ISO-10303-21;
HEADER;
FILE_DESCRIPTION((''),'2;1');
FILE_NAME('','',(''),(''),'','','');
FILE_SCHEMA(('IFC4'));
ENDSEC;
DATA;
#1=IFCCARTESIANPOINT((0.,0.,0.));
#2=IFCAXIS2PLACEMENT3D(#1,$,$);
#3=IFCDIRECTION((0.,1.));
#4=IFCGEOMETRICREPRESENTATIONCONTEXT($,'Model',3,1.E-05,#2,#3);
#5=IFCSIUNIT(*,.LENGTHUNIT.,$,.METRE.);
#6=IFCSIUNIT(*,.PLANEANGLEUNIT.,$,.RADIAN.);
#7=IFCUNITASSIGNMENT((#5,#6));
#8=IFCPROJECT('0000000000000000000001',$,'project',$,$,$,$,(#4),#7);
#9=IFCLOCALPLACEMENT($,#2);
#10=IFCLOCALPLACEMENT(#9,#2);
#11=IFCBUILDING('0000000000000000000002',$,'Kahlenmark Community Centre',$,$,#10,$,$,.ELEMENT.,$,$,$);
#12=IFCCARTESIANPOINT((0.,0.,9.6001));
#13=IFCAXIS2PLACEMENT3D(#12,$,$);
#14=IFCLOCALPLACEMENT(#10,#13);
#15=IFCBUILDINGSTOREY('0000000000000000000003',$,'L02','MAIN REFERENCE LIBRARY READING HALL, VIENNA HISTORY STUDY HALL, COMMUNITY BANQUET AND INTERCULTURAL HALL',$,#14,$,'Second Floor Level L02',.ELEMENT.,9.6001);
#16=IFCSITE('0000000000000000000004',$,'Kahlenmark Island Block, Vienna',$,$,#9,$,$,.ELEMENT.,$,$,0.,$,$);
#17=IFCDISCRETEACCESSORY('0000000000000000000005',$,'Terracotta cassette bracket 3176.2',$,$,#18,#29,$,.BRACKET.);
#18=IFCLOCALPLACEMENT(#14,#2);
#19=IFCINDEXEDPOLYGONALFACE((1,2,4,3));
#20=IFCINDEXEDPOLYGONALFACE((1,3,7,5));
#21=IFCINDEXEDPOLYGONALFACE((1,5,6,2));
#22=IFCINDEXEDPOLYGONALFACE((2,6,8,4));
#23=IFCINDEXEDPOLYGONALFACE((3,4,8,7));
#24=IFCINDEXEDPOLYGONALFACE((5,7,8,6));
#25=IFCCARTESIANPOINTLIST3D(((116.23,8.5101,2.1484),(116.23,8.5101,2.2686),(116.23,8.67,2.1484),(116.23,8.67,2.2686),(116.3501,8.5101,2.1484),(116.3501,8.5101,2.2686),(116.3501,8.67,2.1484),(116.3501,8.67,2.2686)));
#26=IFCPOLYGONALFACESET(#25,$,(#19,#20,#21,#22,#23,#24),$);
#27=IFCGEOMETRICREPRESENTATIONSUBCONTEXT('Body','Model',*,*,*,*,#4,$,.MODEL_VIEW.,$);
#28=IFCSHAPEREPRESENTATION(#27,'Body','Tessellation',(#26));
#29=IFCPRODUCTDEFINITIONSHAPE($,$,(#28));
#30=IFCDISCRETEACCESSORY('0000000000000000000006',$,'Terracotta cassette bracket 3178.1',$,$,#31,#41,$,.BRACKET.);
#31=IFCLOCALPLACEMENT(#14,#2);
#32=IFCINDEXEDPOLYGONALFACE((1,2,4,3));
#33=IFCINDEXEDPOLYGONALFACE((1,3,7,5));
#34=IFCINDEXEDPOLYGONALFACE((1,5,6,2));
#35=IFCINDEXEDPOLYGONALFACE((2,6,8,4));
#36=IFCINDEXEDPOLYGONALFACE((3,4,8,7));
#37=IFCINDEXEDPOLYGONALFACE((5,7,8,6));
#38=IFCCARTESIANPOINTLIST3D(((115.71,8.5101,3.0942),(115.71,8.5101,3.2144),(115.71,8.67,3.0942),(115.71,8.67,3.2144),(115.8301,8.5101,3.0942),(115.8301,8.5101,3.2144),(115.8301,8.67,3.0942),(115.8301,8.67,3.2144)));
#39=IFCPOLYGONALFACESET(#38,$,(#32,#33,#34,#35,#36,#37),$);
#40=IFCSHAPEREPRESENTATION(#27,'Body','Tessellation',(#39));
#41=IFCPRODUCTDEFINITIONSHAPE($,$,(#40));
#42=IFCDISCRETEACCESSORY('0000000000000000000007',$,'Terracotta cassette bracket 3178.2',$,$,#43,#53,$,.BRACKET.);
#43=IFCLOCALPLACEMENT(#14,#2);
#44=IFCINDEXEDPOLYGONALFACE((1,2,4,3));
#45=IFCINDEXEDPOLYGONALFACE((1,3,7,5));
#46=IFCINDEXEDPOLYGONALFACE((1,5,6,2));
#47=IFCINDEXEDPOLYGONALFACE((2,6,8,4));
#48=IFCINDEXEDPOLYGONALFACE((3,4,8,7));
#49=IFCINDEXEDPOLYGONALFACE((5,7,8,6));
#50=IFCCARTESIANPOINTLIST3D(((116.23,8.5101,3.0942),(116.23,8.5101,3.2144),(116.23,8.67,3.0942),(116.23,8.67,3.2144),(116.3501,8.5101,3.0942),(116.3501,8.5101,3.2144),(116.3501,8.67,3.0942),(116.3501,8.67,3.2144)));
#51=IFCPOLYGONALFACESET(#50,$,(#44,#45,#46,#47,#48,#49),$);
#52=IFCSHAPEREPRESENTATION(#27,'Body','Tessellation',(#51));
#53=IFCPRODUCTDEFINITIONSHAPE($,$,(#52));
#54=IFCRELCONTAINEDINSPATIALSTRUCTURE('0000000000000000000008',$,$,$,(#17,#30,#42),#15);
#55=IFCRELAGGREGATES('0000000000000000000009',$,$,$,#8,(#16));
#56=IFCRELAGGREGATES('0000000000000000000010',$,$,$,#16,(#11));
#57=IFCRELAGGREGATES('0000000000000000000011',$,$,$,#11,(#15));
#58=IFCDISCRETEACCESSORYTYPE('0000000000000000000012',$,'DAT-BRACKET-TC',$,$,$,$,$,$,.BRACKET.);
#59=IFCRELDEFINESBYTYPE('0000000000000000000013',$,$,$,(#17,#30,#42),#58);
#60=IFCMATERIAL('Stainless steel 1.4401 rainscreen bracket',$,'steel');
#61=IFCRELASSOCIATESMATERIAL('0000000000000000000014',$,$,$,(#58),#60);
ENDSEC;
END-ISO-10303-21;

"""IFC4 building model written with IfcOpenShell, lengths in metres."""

from ifc_helpers import new_model, si_unit, direction, frame, origin, origin_2d, place, context, subcontext, project, spatial, rectangle, extrude, material, type_object, element, save


model = new_model("IFC4")

# Units and contexts
model_context = context("Model", 3, precision=1e-05, world=origin(), true_north=direction((0.0, 1.0)))
body_context = subcontext(model_context, "Body", "Model", "MODEL_VIEW")
ifc_project = project(units=[si_unit("LENGTHUNIT", "METRE"), si_unit("PLANEANGLEUNIT", "RADIAN")], contexts=[model_context])

# Site, building, storey
site_placement = place(None, origin())
site = spatial("IfcSite", under=ifc_project, at=site_placement, Name="Kahlenmark Island Block, Vienna", CompositionType="ELEMENT", RefElevation=0.0)
building_placement = place(site_placement, origin())
building = spatial("IfcBuilding", under=site, at=building_placement, Name="Kahlenmark Community Centre", CompositionType="ELEMENT")
storey_placement = place(building_placement, frame((0.0, 0.0, 9.6001)))
storey = spatial("IfcBuildingStorey", under=building, at=storey_placement, Name="L02", Description="MAIN REFERENCE LIBRARY READING HALL, VIENNA HISTORY STUDY HALL, COMMUNITY BANQUET AND INTERCULTURAL HALL", LongName="Second Floor Level L02", CompositionType="ELEMENT", Elevation=9.6001)

# Discrete accessories
ifc_material_1 = material(Name="Stainless steel 1.4401 rainscreen bracket", Category="steel")
discrete_accessory_type = type_object("IfcDiscreteAccessoryType", Name="DAT-BRACKET-TC", PredefinedType="BRACKET", material=ifc_material_1)
for number, where, z_axis, x_axis, name in (
    (1, (116.29, 8.5901, 2.1484), (0.0, 0.0, 1.0), (1.0, 0.0, 0.0), "Terracotta cassette bracket 3176.2"),
    (2, (115.77, 8.5901, 3.0942), (0.0, 0.0, 1.0), (1.0, 0.0, 0.0), "Terracotta cassette bracket 3178.1"),
    (3, (116.29, 8.5901, 3.0942), (0.0, 0.0, 1.0), (1.0, 0.0, 0.0), "Terracotta cassette bracket 3178.2"),
):
    element("IfcDiscreteAccessory", number, at=place(storey_placement, frame(where, z_axis=z_axis, x_axis=x_axis)), inside=storey, type_object=discrete_accessory_type, Name=name, PredefinedType="BRACKET", context=body_context, shape_type="SweptSolid", body=[
        extrude(rectangle(XDim=0.1201, YDim=0.1599, at=origin_2d()), origin(), (0.0, 0.0, 1.0), 0.1201),
    ])

save(model, "model.ifc")
